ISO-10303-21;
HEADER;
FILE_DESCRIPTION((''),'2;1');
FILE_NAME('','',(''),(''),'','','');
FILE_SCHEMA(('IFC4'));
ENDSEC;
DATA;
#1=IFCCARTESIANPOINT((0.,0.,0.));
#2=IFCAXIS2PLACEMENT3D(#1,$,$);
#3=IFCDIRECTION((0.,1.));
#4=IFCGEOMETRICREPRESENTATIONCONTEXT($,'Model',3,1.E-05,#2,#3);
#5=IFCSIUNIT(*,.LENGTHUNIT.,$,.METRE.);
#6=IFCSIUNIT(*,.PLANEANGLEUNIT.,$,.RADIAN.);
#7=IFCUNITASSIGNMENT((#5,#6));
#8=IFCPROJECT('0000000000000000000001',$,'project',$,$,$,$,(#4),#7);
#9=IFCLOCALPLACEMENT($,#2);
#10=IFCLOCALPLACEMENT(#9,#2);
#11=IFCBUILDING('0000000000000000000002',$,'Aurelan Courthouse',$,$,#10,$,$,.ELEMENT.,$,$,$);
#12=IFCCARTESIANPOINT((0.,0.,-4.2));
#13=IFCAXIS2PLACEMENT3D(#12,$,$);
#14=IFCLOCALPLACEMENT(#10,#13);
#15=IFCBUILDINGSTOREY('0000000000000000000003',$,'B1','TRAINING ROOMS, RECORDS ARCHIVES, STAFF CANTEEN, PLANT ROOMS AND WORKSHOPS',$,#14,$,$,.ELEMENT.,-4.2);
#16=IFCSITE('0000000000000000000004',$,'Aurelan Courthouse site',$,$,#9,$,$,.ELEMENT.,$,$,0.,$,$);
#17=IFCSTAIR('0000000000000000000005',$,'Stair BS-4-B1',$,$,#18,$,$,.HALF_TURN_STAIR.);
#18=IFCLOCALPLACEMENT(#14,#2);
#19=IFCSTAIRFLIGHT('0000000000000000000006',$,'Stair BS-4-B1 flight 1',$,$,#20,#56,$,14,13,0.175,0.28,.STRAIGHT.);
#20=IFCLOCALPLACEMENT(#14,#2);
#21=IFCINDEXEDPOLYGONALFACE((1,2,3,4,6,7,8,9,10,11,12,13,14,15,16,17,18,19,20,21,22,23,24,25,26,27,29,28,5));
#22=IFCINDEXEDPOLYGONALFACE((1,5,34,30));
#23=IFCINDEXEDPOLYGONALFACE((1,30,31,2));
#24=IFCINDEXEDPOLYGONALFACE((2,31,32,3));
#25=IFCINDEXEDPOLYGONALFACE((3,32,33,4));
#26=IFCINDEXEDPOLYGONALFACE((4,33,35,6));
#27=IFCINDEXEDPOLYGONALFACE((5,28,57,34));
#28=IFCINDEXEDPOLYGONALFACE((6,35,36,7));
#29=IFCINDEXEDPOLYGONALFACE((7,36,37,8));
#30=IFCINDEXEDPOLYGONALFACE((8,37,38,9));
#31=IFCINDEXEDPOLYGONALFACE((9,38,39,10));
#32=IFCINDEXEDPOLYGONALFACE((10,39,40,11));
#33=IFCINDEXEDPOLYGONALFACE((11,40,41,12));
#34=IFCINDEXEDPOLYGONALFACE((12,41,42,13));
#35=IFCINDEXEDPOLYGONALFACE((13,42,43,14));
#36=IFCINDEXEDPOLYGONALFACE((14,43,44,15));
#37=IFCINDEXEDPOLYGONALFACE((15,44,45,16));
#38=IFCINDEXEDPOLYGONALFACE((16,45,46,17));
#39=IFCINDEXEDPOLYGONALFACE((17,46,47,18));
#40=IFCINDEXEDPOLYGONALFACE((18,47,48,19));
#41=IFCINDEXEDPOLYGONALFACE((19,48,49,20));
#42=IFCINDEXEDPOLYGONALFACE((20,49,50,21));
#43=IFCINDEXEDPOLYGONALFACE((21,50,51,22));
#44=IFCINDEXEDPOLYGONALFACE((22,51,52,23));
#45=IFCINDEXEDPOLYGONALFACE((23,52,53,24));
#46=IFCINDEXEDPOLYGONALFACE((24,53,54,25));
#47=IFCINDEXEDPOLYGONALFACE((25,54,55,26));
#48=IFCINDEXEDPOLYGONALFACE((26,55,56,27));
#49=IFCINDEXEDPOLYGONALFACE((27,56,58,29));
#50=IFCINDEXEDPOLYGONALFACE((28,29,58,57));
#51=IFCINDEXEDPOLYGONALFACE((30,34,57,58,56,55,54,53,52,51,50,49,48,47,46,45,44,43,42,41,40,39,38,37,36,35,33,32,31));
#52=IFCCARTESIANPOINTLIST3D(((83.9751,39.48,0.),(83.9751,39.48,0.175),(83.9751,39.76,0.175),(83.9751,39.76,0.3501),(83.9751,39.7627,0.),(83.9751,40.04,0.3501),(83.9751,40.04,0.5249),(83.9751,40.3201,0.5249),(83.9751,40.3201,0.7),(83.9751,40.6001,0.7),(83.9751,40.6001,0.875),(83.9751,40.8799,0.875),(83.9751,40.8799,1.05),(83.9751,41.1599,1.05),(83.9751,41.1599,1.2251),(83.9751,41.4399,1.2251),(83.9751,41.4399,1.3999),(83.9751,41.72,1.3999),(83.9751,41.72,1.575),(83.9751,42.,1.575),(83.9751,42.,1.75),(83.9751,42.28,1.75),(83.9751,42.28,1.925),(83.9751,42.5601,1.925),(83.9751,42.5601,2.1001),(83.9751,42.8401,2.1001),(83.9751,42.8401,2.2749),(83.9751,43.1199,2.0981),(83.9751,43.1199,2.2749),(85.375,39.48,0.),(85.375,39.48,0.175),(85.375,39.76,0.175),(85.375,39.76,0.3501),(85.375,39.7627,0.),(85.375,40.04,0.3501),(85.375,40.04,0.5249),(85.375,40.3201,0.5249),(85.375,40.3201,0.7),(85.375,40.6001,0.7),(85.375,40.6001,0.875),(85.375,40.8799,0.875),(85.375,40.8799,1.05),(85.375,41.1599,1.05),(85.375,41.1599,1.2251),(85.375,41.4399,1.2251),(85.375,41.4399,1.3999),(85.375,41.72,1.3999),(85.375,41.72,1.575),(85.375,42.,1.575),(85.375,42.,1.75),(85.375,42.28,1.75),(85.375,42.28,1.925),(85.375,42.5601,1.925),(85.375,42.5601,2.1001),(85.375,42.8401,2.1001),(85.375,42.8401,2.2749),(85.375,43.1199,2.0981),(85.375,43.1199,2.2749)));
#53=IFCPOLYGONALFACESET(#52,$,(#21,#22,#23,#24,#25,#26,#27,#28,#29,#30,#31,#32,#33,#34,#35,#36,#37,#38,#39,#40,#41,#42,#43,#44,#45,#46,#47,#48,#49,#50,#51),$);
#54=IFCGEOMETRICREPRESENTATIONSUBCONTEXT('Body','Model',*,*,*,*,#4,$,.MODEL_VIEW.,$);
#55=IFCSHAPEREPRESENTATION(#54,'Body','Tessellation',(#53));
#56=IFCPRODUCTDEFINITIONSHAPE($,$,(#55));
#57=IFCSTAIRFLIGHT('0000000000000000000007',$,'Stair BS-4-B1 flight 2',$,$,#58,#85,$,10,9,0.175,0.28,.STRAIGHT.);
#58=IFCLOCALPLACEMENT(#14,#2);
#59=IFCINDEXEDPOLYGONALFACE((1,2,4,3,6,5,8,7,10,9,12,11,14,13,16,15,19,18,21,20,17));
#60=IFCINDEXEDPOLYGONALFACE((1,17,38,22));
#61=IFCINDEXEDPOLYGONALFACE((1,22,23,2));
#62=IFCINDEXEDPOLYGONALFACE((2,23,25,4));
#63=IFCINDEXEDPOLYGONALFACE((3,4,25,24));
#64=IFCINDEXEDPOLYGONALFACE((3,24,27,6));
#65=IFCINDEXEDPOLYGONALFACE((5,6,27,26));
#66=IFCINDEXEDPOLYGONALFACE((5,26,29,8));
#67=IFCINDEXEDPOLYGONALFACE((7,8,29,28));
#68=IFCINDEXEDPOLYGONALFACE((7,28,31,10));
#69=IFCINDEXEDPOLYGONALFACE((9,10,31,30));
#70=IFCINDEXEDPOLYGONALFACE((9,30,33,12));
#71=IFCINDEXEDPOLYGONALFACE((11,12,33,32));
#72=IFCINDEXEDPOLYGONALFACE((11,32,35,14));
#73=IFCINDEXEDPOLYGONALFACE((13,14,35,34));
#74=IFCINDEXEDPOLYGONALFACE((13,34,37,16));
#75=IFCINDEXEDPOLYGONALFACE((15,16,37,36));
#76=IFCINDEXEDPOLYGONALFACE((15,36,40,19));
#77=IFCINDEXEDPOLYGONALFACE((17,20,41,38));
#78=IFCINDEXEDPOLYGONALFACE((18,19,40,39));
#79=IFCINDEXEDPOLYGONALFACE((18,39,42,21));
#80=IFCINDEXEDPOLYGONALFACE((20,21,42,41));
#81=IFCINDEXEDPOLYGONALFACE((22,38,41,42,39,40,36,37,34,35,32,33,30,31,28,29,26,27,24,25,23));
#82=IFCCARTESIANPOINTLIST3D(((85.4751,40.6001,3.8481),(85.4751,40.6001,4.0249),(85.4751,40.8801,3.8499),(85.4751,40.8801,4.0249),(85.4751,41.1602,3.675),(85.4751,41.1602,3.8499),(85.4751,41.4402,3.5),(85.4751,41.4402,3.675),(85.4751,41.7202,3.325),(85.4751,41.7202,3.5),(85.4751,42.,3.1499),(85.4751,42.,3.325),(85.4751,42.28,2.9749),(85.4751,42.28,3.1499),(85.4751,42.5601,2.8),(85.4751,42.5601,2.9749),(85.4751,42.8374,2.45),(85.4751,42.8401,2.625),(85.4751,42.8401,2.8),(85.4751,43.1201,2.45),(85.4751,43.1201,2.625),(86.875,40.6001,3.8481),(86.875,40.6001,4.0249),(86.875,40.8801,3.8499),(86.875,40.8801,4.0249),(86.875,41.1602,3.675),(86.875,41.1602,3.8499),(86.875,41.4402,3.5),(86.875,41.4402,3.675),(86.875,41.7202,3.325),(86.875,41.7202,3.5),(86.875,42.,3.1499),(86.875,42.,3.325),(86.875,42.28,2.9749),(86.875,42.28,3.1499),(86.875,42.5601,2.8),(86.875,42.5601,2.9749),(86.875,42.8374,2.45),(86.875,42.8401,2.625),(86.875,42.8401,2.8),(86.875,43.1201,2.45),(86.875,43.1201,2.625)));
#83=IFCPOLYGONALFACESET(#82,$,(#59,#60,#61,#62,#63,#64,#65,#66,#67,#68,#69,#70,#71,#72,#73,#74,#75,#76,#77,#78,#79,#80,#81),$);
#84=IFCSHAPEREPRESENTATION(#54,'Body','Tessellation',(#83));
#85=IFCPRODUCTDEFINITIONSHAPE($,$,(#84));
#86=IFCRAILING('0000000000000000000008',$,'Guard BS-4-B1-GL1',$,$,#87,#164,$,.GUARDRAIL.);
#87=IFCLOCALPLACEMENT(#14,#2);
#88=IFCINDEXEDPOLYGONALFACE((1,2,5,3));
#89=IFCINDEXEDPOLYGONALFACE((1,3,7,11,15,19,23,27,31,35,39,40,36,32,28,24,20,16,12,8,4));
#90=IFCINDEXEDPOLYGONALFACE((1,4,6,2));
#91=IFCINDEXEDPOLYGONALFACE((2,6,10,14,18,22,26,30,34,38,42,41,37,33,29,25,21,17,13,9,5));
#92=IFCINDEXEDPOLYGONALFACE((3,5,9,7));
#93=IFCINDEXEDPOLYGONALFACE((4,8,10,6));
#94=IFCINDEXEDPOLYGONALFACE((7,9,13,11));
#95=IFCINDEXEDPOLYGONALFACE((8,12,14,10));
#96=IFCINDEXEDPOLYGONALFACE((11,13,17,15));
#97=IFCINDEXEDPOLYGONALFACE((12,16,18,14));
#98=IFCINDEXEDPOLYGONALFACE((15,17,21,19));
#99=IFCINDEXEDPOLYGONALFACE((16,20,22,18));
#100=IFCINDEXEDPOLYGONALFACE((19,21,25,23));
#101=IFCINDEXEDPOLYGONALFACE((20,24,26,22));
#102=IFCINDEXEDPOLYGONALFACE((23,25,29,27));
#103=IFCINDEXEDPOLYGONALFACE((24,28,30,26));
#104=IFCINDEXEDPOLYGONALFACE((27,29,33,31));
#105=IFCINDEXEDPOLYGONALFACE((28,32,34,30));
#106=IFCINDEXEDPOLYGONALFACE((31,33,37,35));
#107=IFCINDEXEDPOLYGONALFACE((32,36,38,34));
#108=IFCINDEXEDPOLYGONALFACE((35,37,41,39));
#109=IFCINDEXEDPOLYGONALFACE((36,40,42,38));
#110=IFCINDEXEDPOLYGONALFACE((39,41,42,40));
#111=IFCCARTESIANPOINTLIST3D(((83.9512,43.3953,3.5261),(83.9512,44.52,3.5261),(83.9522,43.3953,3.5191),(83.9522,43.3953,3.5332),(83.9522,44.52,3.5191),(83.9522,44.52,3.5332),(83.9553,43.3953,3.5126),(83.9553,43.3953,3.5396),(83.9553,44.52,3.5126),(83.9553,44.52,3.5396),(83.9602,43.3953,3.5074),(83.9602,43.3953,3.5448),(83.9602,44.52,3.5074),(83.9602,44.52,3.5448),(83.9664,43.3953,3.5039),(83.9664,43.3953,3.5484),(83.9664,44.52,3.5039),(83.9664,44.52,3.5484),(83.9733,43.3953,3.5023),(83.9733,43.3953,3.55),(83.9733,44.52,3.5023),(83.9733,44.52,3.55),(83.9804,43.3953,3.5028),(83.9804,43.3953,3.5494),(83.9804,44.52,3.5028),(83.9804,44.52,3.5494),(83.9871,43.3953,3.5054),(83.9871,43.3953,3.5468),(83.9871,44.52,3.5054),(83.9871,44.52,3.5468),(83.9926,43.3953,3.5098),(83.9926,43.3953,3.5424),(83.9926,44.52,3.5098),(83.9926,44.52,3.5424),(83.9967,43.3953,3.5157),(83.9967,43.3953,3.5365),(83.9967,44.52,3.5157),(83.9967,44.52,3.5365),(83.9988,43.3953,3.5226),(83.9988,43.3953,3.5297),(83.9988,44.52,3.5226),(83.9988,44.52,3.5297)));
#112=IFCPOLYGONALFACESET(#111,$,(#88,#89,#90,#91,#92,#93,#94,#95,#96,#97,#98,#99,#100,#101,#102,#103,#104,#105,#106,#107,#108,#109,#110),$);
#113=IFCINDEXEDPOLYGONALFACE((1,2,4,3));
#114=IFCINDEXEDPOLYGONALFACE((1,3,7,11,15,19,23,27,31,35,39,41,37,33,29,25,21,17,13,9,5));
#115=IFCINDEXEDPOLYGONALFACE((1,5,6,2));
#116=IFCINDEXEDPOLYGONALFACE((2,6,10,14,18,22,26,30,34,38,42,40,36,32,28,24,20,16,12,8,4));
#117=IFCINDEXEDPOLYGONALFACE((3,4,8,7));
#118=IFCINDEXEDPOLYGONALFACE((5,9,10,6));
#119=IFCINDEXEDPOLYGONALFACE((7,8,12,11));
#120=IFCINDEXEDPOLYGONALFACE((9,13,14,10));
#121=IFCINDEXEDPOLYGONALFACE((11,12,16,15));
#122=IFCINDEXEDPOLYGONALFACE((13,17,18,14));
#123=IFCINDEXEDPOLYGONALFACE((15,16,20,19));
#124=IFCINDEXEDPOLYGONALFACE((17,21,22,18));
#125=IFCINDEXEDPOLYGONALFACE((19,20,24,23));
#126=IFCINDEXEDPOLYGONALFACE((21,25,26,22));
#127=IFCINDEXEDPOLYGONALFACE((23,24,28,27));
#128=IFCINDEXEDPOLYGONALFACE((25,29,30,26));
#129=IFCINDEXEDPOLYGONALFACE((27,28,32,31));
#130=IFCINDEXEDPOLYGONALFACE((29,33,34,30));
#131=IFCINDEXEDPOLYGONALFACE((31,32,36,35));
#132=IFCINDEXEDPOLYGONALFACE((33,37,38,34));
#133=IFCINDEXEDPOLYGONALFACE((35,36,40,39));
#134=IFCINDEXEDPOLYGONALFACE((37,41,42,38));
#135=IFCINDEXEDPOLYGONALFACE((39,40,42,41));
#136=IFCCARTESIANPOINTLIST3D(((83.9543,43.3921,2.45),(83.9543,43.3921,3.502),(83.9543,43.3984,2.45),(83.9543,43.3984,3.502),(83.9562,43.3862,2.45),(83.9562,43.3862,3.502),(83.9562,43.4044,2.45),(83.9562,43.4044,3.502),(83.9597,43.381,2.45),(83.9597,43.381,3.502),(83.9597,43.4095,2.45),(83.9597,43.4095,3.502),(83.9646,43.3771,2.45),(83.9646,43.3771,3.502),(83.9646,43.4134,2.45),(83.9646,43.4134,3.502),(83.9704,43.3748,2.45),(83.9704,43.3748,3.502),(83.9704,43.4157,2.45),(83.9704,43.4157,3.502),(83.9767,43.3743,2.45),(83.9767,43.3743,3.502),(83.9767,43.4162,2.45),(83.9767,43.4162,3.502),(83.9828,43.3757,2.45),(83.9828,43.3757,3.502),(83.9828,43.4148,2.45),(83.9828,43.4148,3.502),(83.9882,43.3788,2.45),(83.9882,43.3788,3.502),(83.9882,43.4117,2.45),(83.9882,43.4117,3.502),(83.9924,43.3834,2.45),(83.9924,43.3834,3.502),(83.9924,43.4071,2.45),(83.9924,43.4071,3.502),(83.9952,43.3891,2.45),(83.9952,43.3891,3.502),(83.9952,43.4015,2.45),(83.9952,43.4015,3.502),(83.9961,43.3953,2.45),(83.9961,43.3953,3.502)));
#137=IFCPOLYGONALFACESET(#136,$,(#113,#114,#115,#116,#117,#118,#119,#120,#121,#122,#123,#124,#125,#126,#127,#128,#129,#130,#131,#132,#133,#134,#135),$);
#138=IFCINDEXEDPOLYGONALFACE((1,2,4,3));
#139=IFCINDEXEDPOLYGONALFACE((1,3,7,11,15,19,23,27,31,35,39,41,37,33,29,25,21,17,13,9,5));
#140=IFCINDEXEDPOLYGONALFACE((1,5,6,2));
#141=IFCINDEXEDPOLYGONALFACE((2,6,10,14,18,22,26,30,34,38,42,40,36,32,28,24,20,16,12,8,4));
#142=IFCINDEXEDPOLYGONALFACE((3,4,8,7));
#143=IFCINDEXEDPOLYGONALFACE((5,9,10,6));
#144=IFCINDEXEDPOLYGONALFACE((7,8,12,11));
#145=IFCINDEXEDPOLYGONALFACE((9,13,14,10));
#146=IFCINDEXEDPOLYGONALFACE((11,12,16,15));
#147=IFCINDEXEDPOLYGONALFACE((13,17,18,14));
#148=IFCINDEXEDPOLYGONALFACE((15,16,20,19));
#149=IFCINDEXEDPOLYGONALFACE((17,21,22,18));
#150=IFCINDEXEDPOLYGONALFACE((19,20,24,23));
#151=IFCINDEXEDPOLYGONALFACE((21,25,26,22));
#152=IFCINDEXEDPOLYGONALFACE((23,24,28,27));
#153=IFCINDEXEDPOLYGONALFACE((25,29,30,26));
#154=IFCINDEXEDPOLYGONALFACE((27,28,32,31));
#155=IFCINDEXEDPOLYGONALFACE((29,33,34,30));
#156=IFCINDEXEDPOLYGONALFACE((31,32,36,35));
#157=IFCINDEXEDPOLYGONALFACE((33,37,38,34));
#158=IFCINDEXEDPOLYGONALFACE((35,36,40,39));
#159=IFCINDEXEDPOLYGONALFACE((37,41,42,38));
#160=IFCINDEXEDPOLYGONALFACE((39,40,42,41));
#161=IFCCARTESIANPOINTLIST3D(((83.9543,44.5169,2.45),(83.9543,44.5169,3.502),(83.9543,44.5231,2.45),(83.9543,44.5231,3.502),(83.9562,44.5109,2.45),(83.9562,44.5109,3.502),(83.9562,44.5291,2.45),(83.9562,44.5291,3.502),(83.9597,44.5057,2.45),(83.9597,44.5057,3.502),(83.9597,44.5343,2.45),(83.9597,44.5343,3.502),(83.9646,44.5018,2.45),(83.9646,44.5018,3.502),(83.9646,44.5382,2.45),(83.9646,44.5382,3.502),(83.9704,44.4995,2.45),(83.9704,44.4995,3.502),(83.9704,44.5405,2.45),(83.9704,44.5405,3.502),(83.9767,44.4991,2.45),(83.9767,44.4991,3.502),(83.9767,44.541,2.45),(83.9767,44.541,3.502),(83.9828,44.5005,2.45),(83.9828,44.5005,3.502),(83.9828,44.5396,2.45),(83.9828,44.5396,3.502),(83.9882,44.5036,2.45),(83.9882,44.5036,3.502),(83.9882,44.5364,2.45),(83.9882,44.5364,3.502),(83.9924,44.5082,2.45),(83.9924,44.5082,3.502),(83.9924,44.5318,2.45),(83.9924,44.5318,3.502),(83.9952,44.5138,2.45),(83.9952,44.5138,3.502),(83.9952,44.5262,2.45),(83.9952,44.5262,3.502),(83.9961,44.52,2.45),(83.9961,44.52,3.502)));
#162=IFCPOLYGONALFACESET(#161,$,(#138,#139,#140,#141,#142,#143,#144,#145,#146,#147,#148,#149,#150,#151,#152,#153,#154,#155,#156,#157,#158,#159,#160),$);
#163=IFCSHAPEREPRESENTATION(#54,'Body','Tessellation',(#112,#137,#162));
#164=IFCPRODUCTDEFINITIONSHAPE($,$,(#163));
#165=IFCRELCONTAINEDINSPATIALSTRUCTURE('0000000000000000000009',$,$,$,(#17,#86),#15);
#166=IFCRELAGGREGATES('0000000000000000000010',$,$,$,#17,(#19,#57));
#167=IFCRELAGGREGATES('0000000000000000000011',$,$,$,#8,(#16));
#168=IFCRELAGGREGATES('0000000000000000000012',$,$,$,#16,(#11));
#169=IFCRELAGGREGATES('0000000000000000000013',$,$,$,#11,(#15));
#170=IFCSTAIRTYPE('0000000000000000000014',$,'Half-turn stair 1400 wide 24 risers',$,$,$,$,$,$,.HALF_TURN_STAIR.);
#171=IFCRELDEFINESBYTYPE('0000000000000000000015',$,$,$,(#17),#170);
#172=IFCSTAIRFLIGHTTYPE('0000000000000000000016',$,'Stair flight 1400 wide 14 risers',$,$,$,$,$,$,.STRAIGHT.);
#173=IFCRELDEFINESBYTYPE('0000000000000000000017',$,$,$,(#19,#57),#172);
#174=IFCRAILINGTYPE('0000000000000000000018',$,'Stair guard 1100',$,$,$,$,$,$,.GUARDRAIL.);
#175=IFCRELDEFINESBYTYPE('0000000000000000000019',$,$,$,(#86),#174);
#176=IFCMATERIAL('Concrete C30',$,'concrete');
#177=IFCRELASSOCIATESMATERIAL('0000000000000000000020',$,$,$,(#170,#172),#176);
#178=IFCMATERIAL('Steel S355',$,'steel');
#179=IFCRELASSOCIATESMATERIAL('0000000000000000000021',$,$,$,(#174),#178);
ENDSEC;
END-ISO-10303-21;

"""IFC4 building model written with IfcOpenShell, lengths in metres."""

from ifc_helpers import new_model, si_unit, direction, frame, origin, origin_2d, place, context, subcontext, project, spatial, polyline, circle, outline, extrude, material, type_object, element, aggregate, save


model = new_model("IFC4")

# Units and contexts
model_context = context("Model", 3, precision=1e-05, world=origin(), true_north=direction((0.0, 1.0)))
body_context = subcontext(model_context, "Body", "Model", "MODEL_VIEW")
ifc_project = project(units=[si_unit("LENGTHUNIT", "METRE"), si_unit("PLANEANGLEUNIT", "RADIAN")], contexts=[model_context])

# Site, building, storey
site_placement = place(None, origin())
site = spatial("IfcSite", under=ifc_project, at=site_placement, Name="Aurelan Courthouse site", CompositionType="ELEMENT", RefElevation=0.0)
building_placement = place(site_placement, origin())
building = spatial("IfcBuilding", under=site, at=building_placement, Name="Aurelan Courthouse", CompositionType="ELEMENT")
storey_placement = place(building_placement, frame((0.0, 0.0, -4.2)))
storey = spatial("IfcBuildingStorey", under=building, at=storey_placement, Name="B1", Description="TRAINING ROOMS, RECORDS ARCHIVES, STAFF CANTEEN, PLANT ROOMS AND WORKSHOPS", CompositionType="ELEMENT", Elevation=-4.2)

# Shared definitions
ifc_material_1 = material(Name="Concrete C30", Category="concrete")

# Stair, stair flights
stair_type = type_object("IfcStairType", Name="Half-turn stair 1400 wide 24 risers", PredefinedType="HALF_TURN_STAIR", material=ifc_material_1)
stair_placement = place(storey_placement, origin())
stair = element("IfcStair", 1, at=stair_placement, inside=storey, type_object=stair_type, Name="Stair BS-4-B1", PredefinedType="HALF_TURN_STAIR")
stair_flight_type = type_object("IfcStairFlightType", Name="Stair flight 1400 wide 14 risers", PredefinedType="STRAIGHT", material=ifc_material_1)
stair_flight_1_placement = place(storey_placement, frame((84.675, 39.48, 0.0), z_axis=(0.0, 0.0, 1.0), x_axis=(0.0, 1.0, 0.0)))
stair_flight_1 = element("IfcStairFlight", 2, at=stair_flight_1_placement, type_object=stair_flight_type, Name="Stair BS-4-B1 flight 1", NumberOfRisers=14, NumberOfTreads=13, PredefinedType="STRAIGHT", RiserHeight=0.175, TreadLength=0.28, context=body_context, shape_type="SweptSolid", body=[
    extrude(outline(polyline([(0.0, 0.0), (0.0, 0.175), (0.28, 0.175), (0.28, 0.3501), (0.5601, 0.3501), (0.5601, 0.5249), (0.8401, 0.5249), (0.8401, 0.7), (1.1201, 0.7), (1.1201, 0.875), (1.3999, 0.875), (1.3999, 1.05), (1.6799, 1.05), (1.6799, 1.2251), (1.96, 1.2251), (1.96, 1.3999), (2.24, 1.3999), (2.24, 1.575), (2.52, 1.575), (2.52, 1.75), (2.8, 1.75), (2.8, 1.925), (3.0801, 1.925), (3.0801, 2.1001), (3.3601, 2.1001), (3.3601, 2.2749), (3.6399, 2.2749), (3.6399, 2.45), (3.6399, 2.0981), (0.2827, 0.0), (0.0, 0.0)])), frame((0.0, 0.7, 0.0), z_axis=(0.0, -1.0, 0.0), x_axis=(1.0, 0.0, 0.0)), (0.0, 0.0, 1.0), 1.3999),
])
stair_flight_2_placement = place(storey_placement, frame((86.175, 43.1201, 2.45), z_axis=(0.0, 0.0, 1.0), x_axis=(0.0, -1.0, 0.0)))
stair_flight_2 = element("IfcStairFlight", 3, at=stair_flight_2_placement, type_object=stair_flight_type, Name="Stair BS-4-B1 flight 2", NumberOfRisers=10, NumberOfTreads=9, PredefinedType="STRAIGHT", RiserHeight=0.175, TreadLength=0.28, context=body_context, shape_type="SweptSolid", body=[
    extrude(outline(polyline([(0.0, 0.0), (0.0, 0.175), (0.28, 0.175), (0.28, 0.3501), (0.5601, 0.3501), (0.5601, 0.5249), (0.8401, 0.5249), (0.8401, 0.7), (1.1201, 0.7), (1.1201, 0.875), (1.3999, 0.875), (1.3999, 1.05), (1.6799, 1.05), (1.6799, 1.2251), (1.96, 1.2251), (1.96, 1.3999), (2.24, 1.3999), (2.24, 1.575), (2.52, 1.575), (2.52, 1.75), (2.52, 1.3982), (0.2827, 0.0), (0.0, 0.0)])), frame((0.0, 0.7, 0.0), z_axis=(0.0, -1.0, 0.0), x_axis=(1.0, 0.0, 0.0)), (0.0, 0.0, 1.0), 1.3999),
])
aggregate(stair, [stair_flight_1, stair_flight_2])

# Railing
ifc_material_2 = material(Name="Steel S355", Category="steel")
railing_type_1 = type_object("IfcRailingType", Name="Stair guard 1100", PredefinedType="GUARDRAIL", material=ifc_material_2)
railing_1_placement = place(storey_placement, frame((83.9751, 43.3953, 2.45)))
element("IfcRailing", 4, at=railing_1_placement, inside=storey, type_object=railing_type_1, Name="Guard BS-4-B1-GL1", PredefinedType="GUARDRAIL", context=body_context, shape_type="SweptSolid", body=[
    extrude(circle(Radius=0.0239, at=origin_2d()), frame((0.0, 0.0, 1.0762), z_axis=(0.0, 1.0, 0.0), x_axis=(-1.0, 0.0, 0.0)), (0.0, 0.0, 1.0), 1.1248),
    extrude(circle(Radius=0.021, at=origin_2d()), origin(), (0.0, 0.0, 1.0), 1.052),
    extrude(circle(Radius=0.021, at=origin_2d()), frame((0.0, 1.1248, 0.0)), (0.0, 0.0, 1.0), 1.052),
])

save(model, "model.ifc")
